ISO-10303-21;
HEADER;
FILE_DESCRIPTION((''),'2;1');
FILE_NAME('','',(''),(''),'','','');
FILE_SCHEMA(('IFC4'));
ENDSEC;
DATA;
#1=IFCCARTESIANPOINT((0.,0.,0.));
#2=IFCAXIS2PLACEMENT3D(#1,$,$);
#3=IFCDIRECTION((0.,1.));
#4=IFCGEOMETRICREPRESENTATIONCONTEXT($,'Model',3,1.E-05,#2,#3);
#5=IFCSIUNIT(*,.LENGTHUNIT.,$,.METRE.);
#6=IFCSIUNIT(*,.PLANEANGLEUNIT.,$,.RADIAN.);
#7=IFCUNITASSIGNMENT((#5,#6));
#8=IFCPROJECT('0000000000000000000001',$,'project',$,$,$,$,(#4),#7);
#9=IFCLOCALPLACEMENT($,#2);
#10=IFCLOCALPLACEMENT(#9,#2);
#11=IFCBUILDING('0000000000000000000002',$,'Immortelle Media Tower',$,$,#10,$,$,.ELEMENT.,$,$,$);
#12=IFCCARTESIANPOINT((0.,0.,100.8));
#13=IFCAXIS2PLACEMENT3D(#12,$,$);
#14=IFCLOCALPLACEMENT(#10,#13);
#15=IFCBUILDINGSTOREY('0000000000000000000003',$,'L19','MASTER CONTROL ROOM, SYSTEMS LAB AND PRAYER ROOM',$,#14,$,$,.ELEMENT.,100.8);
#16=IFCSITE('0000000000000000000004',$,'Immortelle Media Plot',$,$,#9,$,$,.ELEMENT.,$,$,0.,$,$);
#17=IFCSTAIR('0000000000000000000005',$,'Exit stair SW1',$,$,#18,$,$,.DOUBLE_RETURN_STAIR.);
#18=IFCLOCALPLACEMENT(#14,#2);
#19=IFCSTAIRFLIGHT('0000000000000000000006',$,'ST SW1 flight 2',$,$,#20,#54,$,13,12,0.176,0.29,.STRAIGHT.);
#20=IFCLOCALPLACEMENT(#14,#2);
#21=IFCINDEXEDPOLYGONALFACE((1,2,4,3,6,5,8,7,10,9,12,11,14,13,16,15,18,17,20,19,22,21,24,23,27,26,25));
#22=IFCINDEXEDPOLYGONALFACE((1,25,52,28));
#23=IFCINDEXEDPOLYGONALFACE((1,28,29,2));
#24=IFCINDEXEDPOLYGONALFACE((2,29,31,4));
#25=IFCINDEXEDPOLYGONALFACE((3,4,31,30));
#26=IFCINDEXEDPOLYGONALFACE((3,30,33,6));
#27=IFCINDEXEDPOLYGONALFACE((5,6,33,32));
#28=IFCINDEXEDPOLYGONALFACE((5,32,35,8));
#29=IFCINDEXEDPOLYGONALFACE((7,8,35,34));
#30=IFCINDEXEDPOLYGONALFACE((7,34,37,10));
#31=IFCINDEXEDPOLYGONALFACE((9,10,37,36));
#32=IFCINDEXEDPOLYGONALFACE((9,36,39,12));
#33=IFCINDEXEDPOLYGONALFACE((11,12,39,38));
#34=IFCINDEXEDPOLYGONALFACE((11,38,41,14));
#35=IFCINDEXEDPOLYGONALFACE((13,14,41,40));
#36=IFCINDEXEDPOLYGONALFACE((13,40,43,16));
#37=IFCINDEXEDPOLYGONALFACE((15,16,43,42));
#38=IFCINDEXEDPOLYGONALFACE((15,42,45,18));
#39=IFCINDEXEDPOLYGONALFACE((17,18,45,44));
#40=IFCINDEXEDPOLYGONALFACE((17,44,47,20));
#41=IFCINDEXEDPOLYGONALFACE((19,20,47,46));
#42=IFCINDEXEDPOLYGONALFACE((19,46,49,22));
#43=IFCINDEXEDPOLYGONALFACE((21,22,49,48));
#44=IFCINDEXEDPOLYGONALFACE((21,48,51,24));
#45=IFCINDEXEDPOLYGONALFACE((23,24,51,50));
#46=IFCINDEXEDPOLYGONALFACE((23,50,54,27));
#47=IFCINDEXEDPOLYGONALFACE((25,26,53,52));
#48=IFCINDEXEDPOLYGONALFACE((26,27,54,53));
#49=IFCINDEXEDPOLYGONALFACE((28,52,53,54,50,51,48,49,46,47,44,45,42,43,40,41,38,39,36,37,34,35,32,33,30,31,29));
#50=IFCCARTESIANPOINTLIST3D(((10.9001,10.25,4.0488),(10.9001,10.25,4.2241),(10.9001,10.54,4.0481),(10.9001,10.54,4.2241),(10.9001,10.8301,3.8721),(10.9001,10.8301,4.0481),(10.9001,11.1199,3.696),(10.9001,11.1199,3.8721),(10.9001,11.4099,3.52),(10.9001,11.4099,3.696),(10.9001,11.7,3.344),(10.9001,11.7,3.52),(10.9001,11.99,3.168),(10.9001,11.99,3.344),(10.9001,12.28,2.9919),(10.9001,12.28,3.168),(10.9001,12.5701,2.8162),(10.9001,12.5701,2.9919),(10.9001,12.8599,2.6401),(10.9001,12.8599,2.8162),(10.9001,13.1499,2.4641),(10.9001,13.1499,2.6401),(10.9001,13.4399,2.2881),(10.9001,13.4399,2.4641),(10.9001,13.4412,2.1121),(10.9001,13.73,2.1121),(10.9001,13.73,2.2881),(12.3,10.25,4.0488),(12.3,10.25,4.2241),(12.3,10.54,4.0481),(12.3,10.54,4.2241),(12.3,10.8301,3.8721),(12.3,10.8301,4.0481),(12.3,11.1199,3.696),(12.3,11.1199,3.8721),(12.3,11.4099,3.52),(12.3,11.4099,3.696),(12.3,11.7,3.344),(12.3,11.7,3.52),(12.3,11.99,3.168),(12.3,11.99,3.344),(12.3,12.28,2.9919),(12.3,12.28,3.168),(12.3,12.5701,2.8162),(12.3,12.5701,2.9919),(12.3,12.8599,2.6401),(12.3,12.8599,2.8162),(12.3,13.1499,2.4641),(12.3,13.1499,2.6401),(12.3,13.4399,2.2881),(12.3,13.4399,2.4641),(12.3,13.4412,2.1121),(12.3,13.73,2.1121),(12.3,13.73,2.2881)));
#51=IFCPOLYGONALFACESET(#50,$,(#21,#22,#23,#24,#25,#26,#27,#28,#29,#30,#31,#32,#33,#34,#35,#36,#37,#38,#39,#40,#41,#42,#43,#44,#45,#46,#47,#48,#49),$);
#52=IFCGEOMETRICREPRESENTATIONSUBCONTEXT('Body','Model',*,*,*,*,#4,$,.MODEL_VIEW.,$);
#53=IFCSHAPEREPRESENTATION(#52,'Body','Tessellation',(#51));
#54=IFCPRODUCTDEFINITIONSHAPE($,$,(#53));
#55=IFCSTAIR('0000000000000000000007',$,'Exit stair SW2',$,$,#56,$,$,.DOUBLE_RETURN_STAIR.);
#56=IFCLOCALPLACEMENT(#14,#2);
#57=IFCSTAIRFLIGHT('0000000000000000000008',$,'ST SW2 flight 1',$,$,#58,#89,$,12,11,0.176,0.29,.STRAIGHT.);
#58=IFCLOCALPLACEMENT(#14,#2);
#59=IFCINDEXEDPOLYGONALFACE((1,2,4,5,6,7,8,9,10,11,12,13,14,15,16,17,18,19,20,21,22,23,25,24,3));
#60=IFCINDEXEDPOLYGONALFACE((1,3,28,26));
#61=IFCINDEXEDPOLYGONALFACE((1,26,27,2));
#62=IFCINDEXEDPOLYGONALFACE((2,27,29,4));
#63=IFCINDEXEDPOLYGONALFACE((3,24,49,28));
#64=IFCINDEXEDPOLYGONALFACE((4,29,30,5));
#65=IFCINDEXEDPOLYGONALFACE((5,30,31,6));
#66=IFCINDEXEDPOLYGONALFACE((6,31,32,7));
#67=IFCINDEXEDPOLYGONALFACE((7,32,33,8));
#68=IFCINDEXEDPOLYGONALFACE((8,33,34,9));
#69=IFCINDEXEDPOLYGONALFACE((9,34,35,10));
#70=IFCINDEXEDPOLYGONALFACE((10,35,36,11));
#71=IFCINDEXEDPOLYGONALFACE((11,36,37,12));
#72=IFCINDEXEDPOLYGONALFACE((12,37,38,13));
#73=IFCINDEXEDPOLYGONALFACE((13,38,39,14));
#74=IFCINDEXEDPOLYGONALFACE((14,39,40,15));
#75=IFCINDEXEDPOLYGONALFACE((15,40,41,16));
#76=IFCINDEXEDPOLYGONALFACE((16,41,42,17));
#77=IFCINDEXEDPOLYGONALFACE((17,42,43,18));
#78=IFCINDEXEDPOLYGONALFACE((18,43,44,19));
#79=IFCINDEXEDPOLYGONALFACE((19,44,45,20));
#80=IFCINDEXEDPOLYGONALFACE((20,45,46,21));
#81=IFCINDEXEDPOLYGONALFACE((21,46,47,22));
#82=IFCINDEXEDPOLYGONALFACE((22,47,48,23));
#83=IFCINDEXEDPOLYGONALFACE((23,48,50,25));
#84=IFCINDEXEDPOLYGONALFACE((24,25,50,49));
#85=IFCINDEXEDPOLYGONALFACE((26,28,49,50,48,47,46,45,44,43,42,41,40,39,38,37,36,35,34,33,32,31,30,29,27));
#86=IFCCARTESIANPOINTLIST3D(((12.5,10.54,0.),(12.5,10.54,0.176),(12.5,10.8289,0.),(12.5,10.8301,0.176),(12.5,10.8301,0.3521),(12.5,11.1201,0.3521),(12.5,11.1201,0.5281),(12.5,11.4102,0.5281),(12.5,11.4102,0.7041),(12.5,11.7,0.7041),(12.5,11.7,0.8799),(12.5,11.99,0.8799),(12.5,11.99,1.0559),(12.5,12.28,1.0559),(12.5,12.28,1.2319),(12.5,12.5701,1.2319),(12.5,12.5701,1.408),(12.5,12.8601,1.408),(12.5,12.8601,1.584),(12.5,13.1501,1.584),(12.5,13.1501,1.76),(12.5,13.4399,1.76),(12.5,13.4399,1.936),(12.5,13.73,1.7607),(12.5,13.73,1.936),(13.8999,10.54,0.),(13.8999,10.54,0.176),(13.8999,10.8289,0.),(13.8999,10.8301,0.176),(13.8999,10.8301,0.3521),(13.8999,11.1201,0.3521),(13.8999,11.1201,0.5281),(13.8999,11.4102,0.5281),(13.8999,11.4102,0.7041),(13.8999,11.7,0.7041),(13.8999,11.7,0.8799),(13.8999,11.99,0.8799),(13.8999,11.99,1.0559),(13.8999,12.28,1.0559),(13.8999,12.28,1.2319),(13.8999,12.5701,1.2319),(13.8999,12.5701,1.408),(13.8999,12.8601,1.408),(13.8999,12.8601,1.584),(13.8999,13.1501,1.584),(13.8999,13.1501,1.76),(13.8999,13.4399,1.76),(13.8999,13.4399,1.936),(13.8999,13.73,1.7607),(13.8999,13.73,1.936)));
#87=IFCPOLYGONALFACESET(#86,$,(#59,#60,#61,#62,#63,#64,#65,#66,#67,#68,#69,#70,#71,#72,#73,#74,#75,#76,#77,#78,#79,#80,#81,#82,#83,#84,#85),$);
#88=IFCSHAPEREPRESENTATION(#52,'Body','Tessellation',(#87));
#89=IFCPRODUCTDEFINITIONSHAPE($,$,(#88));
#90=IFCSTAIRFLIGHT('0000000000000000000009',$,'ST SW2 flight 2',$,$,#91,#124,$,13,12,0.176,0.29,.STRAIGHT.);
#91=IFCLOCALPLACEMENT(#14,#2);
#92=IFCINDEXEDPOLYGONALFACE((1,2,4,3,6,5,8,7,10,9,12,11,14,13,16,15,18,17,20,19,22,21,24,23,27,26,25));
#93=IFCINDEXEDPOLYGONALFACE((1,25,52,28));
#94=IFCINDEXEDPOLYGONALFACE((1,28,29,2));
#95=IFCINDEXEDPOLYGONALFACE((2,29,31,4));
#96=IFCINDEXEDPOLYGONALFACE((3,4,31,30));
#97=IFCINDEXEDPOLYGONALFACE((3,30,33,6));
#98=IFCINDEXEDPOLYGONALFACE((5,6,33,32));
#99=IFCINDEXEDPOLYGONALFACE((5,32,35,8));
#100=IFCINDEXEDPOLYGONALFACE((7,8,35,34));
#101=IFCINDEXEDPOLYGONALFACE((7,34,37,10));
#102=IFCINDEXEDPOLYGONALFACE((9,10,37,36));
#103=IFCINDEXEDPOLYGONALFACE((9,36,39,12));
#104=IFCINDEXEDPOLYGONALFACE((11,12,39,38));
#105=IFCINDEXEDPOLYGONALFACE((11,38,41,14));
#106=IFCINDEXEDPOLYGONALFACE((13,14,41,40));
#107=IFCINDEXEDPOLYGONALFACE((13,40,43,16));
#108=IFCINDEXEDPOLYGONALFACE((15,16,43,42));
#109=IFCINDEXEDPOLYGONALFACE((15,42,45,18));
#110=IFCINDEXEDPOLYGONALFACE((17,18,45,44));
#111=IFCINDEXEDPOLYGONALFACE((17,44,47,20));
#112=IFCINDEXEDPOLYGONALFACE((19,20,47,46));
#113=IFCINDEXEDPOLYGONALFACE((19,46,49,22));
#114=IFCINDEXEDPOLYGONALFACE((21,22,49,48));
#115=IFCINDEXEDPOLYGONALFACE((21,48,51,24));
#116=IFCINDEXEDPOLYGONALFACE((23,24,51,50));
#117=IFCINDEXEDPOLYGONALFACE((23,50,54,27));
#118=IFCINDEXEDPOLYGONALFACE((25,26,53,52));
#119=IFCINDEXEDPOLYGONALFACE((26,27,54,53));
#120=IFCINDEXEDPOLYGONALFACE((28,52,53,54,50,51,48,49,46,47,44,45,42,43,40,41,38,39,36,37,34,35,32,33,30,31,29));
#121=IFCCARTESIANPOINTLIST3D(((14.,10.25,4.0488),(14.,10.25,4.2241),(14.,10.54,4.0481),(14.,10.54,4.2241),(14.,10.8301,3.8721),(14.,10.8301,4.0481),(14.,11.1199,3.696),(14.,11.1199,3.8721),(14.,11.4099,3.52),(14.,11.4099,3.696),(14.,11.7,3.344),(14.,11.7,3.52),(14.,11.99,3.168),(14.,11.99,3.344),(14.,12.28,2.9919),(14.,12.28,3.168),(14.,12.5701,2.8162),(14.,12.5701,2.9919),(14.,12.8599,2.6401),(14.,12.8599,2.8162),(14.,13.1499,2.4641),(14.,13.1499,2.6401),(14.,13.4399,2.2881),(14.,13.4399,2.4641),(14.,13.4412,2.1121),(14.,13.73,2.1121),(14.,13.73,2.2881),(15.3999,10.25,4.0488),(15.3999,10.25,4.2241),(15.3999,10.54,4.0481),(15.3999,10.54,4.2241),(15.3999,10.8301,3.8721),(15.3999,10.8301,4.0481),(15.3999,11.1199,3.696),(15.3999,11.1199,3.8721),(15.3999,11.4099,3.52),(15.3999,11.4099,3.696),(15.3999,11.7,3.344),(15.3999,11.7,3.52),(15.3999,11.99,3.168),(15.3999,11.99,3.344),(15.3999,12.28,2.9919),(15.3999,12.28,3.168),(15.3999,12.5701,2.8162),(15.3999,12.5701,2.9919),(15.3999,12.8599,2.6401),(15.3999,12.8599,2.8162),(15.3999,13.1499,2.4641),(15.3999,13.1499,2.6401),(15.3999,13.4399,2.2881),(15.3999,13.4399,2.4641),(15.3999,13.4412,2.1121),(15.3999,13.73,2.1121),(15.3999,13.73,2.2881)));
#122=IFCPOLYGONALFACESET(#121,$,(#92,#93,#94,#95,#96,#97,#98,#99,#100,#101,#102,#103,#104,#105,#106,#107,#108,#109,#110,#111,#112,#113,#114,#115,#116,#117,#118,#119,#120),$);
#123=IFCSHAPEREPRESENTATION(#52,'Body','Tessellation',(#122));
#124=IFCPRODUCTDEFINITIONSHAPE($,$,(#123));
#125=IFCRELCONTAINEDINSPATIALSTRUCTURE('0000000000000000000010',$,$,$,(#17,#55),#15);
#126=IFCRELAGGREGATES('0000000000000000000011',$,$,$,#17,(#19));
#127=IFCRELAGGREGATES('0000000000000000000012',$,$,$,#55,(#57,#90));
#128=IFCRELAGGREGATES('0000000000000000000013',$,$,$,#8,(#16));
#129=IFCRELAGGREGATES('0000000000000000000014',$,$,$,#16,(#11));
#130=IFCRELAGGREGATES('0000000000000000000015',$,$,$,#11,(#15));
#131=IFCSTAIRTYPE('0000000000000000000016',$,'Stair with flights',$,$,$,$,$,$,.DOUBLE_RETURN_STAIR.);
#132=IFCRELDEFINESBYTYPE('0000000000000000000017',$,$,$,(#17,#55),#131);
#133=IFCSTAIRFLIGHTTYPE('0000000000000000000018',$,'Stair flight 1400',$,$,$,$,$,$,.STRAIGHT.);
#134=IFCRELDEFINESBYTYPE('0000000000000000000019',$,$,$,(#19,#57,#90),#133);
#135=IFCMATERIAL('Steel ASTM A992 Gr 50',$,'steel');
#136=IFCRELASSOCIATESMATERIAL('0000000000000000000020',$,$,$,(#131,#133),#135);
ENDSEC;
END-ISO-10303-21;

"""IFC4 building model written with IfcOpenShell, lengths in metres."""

from ifc_helpers import new_model, si_unit, direction, frame, origin, place, context, subcontext, project, spatial, polyline, outline, extrude, material, type_object, element, aggregate, save


model = new_model("IFC4")

# Units and contexts
model_context = context("Model", 3, precision=1e-05, world=origin(), true_north=direction((0.0, 1.0)))
body_context = subcontext(model_context, "Body", "Model", "MODEL_VIEW")
ifc_project = project(units=[si_unit("LENGTHUNIT", "METRE"), si_unit("PLANEANGLEUNIT", "RADIAN")], contexts=[model_context])

# Site, building, storey
site_placement = place(None, origin())
site = spatial("IfcSite", under=ifc_project, at=site_placement, Name="Immortelle Media Plot", CompositionType="ELEMENT", RefElevation=0.0)
building_placement = place(site_placement, origin())
building = spatial("IfcBuilding", under=site, at=building_placement, Name="Immortelle Media Tower", CompositionType="ELEMENT")
storey_placement = place(building_placement, frame((0.0, 0.0, 100.8)))
storey = spatial("IfcBuildingStorey", under=building, at=storey_placement, Name="L19", Description="MASTER CONTROL ROOM, SYSTEMS LAB AND PRAYER ROOM", CompositionType="ELEMENT", Elevation=100.8)

# Shared definitions
ifc_material_1 = material(Name="Steel ASTM A992 Gr 50", Category="steel")

# Stairs, stair flights
stair_type = type_object("IfcStairType", Name="Stair with flights", PredefinedType="DOUBLE_RETURN_STAIR", material=ifc_material_1)
stair_1_placement = place(storey_placement, origin())
stair_1 = element("IfcStair", 1, at=stair_1_placement, inside=storey, type_object=stair_type, Name="Exit stair SW1", PredefinedType="DOUBLE_RETURN_STAIR")
stair_flight_type = type_object("IfcStairFlightType", Name="Stair flight 1400", PredefinedType="STRAIGHT", material=ifc_material_1)
stair_flight_1_placement = place(storey_placement, frame((11.6001, 13.73, 2.1121), z_axis=(0.0, 0.0, 1.0), x_axis=(0.0, -1.0, 0.0)))
stair_flight_1 = element("IfcStairFlight", 2, at=stair_flight_1_placement, type_object=stair_flight_type, Name="ST SW1 flight 2", NumberOfRisers=13, NumberOfTreads=12, PredefinedType="STRAIGHT", RiserHeight=0.176, TreadLength=0.29, context=body_context, shape_type="SweptSolid", body=[
    extrude(outline(polyline([(0.0, 0.0), (0.0, 0.176), (0.29, 0.176), (0.29, 0.3521), (0.5801, 0.3521), (0.5801, 0.5281), (0.8701, 0.5281), (0.8701, 0.7041), (1.1599, 0.7041), (1.1599, 0.8799), (1.45, 0.8799), (1.45, 1.0559), (1.74, 1.0559), (1.74, 1.2319), (2.03, 1.2319), (2.03, 1.408), (2.3201, 1.408), (2.3201, 1.584), (2.6101, 1.584), (2.6101, 1.76), (2.8999, 1.76), (2.8999, 1.936), (3.1899, 1.936), (3.1899, 2.1121), (3.48, 2.1121), (3.48, 2.2881), (3.48, 1.9368), (0.2888, 0.0), (0.0, 0.0)])), frame((0.0, 0.7, 0.0), z_axis=(0.0, -1.0, 0.0), x_axis=(1.0, 0.0, 0.0)), (0.0, 0.0, 1.0), 1.3999),
])
aggregate(stair_1, [stair_flight_1])
stair_2_placement = place(storey_placement, origin())
stair_2 = element("IfcStair", 3, at=stair_2_placement, inside=storey, type_object=stair_type, Name="Exit stair SW2", PredefinedType="DOUBLE_RETURN_STAIR")
stair_flight_2_placement = place(storey_placement, frame((13.2, 10.54, 0.0), z_axis=(0.0, 0.0, 1.0), x_axis=(0.0, 1.0, 0.0)))
stair_flight_2 = element("IfcStairFlight", 4, at=stair_flight_2_placement, type_object=stair_flight_type, Name="ST SW2 flight 1", NumberOfRisers=12, NumberOfTreads=11, PredefinedType="STRAIGHT", RiserHeight=0.176, TreadLength=0.29, context=body_context, shape_type="SweptSolid", body=[
    extrude(outline(polyline([(0.0, 0.0), (0.0, 0.176), (0.29, 0.176), (0.29, 0.3521), (0.5801, 0.3521), (0.5801, 0.5281), (0.8701, 0.5281), (0.8701, 0.7041), (1.1599, 0.7041), (1.1599, 0.8799), (1.45, 0.8799), (1.45, 1.0559), (1.74, 1.0559), (1.74, 1.2319), (2.03, 1.2319), (2.03, 1.408), (2.3201, 1.408), (2.3201, 1.584), (2.6101, 1.584), (2.6101, 1.76), (2.8999, 1.76), (2.8999, 1.936), (3.1899, 1.936), (3.1899, 2.1121), (3.1899, 1.7607), (0.2888, 0.0), (0.0, 0.0)])), frame((0.0, 0.7, 0.0), z_axis=(0.0, -1.0, 0.0), x_axis=(1.0, 0.0, 0.0)), (0.0, 0.0, 1.0), 1.3999),
])
stair_flight_3_placement = place(storey_placement, frame((14.7, 13.73, 2.1121), z_axis=(0.0, 0.0, 1.0), x_axis=(0.0, -1.0, 0.0)))
stair_flight_3 = element("IfcStairFlight", 5, at=stair_flight_3_placement, type_object=stair_flight_type, Name="ST SW2 flight 2", NumberOfRisers=13, NumberOfTreads=12, PredefinedType="STRAIGHT", RiserHeight=0.176, TreadLength=0.29, context=body_context, shape_type="SweptSolid", body=[
    extrude(outline(polyline([(0.0, 0.0), (0.0, 0.176), (0.29, 0.176), (0.29, 0.3521), (0.5801, 0.3521), (0.5801, 0.5281), (0.8701, 0.5281), (0.8701, 0.7041), (1.1599, 0.7041), (1.1599, 0.8799), (1.45, 0.8799), (1.45, 1.0559), (1.74, 1.0559), (1.74, 1.2319), (2.03, 1.2319), (2.03, 1.408), (2.3201, 1.408), (2.3201, 1.584), (2.6101, 1.584), (2.6101, 1.76), (2.8999, 1.76), (2.8999, 1.936), (3.1899, 1.936), (3.1899, 2.1121), (3.48, 2.1121), (3.48, 2.2881), (3.48, 1.9368), (0.2888, 0.0), (0.0, 0.0)])), frame((0.0, 0.7, 0.0), z_axis=(0.0, -1.0, 0.0), x_axis=(1.0, 0.0, 0.0)), (0.0, 0.0, 1.0), 1.3999),
])
aggregate(stair_2, [stair_flight_2, stair_flight_3])

save(model, "model.ifc")
